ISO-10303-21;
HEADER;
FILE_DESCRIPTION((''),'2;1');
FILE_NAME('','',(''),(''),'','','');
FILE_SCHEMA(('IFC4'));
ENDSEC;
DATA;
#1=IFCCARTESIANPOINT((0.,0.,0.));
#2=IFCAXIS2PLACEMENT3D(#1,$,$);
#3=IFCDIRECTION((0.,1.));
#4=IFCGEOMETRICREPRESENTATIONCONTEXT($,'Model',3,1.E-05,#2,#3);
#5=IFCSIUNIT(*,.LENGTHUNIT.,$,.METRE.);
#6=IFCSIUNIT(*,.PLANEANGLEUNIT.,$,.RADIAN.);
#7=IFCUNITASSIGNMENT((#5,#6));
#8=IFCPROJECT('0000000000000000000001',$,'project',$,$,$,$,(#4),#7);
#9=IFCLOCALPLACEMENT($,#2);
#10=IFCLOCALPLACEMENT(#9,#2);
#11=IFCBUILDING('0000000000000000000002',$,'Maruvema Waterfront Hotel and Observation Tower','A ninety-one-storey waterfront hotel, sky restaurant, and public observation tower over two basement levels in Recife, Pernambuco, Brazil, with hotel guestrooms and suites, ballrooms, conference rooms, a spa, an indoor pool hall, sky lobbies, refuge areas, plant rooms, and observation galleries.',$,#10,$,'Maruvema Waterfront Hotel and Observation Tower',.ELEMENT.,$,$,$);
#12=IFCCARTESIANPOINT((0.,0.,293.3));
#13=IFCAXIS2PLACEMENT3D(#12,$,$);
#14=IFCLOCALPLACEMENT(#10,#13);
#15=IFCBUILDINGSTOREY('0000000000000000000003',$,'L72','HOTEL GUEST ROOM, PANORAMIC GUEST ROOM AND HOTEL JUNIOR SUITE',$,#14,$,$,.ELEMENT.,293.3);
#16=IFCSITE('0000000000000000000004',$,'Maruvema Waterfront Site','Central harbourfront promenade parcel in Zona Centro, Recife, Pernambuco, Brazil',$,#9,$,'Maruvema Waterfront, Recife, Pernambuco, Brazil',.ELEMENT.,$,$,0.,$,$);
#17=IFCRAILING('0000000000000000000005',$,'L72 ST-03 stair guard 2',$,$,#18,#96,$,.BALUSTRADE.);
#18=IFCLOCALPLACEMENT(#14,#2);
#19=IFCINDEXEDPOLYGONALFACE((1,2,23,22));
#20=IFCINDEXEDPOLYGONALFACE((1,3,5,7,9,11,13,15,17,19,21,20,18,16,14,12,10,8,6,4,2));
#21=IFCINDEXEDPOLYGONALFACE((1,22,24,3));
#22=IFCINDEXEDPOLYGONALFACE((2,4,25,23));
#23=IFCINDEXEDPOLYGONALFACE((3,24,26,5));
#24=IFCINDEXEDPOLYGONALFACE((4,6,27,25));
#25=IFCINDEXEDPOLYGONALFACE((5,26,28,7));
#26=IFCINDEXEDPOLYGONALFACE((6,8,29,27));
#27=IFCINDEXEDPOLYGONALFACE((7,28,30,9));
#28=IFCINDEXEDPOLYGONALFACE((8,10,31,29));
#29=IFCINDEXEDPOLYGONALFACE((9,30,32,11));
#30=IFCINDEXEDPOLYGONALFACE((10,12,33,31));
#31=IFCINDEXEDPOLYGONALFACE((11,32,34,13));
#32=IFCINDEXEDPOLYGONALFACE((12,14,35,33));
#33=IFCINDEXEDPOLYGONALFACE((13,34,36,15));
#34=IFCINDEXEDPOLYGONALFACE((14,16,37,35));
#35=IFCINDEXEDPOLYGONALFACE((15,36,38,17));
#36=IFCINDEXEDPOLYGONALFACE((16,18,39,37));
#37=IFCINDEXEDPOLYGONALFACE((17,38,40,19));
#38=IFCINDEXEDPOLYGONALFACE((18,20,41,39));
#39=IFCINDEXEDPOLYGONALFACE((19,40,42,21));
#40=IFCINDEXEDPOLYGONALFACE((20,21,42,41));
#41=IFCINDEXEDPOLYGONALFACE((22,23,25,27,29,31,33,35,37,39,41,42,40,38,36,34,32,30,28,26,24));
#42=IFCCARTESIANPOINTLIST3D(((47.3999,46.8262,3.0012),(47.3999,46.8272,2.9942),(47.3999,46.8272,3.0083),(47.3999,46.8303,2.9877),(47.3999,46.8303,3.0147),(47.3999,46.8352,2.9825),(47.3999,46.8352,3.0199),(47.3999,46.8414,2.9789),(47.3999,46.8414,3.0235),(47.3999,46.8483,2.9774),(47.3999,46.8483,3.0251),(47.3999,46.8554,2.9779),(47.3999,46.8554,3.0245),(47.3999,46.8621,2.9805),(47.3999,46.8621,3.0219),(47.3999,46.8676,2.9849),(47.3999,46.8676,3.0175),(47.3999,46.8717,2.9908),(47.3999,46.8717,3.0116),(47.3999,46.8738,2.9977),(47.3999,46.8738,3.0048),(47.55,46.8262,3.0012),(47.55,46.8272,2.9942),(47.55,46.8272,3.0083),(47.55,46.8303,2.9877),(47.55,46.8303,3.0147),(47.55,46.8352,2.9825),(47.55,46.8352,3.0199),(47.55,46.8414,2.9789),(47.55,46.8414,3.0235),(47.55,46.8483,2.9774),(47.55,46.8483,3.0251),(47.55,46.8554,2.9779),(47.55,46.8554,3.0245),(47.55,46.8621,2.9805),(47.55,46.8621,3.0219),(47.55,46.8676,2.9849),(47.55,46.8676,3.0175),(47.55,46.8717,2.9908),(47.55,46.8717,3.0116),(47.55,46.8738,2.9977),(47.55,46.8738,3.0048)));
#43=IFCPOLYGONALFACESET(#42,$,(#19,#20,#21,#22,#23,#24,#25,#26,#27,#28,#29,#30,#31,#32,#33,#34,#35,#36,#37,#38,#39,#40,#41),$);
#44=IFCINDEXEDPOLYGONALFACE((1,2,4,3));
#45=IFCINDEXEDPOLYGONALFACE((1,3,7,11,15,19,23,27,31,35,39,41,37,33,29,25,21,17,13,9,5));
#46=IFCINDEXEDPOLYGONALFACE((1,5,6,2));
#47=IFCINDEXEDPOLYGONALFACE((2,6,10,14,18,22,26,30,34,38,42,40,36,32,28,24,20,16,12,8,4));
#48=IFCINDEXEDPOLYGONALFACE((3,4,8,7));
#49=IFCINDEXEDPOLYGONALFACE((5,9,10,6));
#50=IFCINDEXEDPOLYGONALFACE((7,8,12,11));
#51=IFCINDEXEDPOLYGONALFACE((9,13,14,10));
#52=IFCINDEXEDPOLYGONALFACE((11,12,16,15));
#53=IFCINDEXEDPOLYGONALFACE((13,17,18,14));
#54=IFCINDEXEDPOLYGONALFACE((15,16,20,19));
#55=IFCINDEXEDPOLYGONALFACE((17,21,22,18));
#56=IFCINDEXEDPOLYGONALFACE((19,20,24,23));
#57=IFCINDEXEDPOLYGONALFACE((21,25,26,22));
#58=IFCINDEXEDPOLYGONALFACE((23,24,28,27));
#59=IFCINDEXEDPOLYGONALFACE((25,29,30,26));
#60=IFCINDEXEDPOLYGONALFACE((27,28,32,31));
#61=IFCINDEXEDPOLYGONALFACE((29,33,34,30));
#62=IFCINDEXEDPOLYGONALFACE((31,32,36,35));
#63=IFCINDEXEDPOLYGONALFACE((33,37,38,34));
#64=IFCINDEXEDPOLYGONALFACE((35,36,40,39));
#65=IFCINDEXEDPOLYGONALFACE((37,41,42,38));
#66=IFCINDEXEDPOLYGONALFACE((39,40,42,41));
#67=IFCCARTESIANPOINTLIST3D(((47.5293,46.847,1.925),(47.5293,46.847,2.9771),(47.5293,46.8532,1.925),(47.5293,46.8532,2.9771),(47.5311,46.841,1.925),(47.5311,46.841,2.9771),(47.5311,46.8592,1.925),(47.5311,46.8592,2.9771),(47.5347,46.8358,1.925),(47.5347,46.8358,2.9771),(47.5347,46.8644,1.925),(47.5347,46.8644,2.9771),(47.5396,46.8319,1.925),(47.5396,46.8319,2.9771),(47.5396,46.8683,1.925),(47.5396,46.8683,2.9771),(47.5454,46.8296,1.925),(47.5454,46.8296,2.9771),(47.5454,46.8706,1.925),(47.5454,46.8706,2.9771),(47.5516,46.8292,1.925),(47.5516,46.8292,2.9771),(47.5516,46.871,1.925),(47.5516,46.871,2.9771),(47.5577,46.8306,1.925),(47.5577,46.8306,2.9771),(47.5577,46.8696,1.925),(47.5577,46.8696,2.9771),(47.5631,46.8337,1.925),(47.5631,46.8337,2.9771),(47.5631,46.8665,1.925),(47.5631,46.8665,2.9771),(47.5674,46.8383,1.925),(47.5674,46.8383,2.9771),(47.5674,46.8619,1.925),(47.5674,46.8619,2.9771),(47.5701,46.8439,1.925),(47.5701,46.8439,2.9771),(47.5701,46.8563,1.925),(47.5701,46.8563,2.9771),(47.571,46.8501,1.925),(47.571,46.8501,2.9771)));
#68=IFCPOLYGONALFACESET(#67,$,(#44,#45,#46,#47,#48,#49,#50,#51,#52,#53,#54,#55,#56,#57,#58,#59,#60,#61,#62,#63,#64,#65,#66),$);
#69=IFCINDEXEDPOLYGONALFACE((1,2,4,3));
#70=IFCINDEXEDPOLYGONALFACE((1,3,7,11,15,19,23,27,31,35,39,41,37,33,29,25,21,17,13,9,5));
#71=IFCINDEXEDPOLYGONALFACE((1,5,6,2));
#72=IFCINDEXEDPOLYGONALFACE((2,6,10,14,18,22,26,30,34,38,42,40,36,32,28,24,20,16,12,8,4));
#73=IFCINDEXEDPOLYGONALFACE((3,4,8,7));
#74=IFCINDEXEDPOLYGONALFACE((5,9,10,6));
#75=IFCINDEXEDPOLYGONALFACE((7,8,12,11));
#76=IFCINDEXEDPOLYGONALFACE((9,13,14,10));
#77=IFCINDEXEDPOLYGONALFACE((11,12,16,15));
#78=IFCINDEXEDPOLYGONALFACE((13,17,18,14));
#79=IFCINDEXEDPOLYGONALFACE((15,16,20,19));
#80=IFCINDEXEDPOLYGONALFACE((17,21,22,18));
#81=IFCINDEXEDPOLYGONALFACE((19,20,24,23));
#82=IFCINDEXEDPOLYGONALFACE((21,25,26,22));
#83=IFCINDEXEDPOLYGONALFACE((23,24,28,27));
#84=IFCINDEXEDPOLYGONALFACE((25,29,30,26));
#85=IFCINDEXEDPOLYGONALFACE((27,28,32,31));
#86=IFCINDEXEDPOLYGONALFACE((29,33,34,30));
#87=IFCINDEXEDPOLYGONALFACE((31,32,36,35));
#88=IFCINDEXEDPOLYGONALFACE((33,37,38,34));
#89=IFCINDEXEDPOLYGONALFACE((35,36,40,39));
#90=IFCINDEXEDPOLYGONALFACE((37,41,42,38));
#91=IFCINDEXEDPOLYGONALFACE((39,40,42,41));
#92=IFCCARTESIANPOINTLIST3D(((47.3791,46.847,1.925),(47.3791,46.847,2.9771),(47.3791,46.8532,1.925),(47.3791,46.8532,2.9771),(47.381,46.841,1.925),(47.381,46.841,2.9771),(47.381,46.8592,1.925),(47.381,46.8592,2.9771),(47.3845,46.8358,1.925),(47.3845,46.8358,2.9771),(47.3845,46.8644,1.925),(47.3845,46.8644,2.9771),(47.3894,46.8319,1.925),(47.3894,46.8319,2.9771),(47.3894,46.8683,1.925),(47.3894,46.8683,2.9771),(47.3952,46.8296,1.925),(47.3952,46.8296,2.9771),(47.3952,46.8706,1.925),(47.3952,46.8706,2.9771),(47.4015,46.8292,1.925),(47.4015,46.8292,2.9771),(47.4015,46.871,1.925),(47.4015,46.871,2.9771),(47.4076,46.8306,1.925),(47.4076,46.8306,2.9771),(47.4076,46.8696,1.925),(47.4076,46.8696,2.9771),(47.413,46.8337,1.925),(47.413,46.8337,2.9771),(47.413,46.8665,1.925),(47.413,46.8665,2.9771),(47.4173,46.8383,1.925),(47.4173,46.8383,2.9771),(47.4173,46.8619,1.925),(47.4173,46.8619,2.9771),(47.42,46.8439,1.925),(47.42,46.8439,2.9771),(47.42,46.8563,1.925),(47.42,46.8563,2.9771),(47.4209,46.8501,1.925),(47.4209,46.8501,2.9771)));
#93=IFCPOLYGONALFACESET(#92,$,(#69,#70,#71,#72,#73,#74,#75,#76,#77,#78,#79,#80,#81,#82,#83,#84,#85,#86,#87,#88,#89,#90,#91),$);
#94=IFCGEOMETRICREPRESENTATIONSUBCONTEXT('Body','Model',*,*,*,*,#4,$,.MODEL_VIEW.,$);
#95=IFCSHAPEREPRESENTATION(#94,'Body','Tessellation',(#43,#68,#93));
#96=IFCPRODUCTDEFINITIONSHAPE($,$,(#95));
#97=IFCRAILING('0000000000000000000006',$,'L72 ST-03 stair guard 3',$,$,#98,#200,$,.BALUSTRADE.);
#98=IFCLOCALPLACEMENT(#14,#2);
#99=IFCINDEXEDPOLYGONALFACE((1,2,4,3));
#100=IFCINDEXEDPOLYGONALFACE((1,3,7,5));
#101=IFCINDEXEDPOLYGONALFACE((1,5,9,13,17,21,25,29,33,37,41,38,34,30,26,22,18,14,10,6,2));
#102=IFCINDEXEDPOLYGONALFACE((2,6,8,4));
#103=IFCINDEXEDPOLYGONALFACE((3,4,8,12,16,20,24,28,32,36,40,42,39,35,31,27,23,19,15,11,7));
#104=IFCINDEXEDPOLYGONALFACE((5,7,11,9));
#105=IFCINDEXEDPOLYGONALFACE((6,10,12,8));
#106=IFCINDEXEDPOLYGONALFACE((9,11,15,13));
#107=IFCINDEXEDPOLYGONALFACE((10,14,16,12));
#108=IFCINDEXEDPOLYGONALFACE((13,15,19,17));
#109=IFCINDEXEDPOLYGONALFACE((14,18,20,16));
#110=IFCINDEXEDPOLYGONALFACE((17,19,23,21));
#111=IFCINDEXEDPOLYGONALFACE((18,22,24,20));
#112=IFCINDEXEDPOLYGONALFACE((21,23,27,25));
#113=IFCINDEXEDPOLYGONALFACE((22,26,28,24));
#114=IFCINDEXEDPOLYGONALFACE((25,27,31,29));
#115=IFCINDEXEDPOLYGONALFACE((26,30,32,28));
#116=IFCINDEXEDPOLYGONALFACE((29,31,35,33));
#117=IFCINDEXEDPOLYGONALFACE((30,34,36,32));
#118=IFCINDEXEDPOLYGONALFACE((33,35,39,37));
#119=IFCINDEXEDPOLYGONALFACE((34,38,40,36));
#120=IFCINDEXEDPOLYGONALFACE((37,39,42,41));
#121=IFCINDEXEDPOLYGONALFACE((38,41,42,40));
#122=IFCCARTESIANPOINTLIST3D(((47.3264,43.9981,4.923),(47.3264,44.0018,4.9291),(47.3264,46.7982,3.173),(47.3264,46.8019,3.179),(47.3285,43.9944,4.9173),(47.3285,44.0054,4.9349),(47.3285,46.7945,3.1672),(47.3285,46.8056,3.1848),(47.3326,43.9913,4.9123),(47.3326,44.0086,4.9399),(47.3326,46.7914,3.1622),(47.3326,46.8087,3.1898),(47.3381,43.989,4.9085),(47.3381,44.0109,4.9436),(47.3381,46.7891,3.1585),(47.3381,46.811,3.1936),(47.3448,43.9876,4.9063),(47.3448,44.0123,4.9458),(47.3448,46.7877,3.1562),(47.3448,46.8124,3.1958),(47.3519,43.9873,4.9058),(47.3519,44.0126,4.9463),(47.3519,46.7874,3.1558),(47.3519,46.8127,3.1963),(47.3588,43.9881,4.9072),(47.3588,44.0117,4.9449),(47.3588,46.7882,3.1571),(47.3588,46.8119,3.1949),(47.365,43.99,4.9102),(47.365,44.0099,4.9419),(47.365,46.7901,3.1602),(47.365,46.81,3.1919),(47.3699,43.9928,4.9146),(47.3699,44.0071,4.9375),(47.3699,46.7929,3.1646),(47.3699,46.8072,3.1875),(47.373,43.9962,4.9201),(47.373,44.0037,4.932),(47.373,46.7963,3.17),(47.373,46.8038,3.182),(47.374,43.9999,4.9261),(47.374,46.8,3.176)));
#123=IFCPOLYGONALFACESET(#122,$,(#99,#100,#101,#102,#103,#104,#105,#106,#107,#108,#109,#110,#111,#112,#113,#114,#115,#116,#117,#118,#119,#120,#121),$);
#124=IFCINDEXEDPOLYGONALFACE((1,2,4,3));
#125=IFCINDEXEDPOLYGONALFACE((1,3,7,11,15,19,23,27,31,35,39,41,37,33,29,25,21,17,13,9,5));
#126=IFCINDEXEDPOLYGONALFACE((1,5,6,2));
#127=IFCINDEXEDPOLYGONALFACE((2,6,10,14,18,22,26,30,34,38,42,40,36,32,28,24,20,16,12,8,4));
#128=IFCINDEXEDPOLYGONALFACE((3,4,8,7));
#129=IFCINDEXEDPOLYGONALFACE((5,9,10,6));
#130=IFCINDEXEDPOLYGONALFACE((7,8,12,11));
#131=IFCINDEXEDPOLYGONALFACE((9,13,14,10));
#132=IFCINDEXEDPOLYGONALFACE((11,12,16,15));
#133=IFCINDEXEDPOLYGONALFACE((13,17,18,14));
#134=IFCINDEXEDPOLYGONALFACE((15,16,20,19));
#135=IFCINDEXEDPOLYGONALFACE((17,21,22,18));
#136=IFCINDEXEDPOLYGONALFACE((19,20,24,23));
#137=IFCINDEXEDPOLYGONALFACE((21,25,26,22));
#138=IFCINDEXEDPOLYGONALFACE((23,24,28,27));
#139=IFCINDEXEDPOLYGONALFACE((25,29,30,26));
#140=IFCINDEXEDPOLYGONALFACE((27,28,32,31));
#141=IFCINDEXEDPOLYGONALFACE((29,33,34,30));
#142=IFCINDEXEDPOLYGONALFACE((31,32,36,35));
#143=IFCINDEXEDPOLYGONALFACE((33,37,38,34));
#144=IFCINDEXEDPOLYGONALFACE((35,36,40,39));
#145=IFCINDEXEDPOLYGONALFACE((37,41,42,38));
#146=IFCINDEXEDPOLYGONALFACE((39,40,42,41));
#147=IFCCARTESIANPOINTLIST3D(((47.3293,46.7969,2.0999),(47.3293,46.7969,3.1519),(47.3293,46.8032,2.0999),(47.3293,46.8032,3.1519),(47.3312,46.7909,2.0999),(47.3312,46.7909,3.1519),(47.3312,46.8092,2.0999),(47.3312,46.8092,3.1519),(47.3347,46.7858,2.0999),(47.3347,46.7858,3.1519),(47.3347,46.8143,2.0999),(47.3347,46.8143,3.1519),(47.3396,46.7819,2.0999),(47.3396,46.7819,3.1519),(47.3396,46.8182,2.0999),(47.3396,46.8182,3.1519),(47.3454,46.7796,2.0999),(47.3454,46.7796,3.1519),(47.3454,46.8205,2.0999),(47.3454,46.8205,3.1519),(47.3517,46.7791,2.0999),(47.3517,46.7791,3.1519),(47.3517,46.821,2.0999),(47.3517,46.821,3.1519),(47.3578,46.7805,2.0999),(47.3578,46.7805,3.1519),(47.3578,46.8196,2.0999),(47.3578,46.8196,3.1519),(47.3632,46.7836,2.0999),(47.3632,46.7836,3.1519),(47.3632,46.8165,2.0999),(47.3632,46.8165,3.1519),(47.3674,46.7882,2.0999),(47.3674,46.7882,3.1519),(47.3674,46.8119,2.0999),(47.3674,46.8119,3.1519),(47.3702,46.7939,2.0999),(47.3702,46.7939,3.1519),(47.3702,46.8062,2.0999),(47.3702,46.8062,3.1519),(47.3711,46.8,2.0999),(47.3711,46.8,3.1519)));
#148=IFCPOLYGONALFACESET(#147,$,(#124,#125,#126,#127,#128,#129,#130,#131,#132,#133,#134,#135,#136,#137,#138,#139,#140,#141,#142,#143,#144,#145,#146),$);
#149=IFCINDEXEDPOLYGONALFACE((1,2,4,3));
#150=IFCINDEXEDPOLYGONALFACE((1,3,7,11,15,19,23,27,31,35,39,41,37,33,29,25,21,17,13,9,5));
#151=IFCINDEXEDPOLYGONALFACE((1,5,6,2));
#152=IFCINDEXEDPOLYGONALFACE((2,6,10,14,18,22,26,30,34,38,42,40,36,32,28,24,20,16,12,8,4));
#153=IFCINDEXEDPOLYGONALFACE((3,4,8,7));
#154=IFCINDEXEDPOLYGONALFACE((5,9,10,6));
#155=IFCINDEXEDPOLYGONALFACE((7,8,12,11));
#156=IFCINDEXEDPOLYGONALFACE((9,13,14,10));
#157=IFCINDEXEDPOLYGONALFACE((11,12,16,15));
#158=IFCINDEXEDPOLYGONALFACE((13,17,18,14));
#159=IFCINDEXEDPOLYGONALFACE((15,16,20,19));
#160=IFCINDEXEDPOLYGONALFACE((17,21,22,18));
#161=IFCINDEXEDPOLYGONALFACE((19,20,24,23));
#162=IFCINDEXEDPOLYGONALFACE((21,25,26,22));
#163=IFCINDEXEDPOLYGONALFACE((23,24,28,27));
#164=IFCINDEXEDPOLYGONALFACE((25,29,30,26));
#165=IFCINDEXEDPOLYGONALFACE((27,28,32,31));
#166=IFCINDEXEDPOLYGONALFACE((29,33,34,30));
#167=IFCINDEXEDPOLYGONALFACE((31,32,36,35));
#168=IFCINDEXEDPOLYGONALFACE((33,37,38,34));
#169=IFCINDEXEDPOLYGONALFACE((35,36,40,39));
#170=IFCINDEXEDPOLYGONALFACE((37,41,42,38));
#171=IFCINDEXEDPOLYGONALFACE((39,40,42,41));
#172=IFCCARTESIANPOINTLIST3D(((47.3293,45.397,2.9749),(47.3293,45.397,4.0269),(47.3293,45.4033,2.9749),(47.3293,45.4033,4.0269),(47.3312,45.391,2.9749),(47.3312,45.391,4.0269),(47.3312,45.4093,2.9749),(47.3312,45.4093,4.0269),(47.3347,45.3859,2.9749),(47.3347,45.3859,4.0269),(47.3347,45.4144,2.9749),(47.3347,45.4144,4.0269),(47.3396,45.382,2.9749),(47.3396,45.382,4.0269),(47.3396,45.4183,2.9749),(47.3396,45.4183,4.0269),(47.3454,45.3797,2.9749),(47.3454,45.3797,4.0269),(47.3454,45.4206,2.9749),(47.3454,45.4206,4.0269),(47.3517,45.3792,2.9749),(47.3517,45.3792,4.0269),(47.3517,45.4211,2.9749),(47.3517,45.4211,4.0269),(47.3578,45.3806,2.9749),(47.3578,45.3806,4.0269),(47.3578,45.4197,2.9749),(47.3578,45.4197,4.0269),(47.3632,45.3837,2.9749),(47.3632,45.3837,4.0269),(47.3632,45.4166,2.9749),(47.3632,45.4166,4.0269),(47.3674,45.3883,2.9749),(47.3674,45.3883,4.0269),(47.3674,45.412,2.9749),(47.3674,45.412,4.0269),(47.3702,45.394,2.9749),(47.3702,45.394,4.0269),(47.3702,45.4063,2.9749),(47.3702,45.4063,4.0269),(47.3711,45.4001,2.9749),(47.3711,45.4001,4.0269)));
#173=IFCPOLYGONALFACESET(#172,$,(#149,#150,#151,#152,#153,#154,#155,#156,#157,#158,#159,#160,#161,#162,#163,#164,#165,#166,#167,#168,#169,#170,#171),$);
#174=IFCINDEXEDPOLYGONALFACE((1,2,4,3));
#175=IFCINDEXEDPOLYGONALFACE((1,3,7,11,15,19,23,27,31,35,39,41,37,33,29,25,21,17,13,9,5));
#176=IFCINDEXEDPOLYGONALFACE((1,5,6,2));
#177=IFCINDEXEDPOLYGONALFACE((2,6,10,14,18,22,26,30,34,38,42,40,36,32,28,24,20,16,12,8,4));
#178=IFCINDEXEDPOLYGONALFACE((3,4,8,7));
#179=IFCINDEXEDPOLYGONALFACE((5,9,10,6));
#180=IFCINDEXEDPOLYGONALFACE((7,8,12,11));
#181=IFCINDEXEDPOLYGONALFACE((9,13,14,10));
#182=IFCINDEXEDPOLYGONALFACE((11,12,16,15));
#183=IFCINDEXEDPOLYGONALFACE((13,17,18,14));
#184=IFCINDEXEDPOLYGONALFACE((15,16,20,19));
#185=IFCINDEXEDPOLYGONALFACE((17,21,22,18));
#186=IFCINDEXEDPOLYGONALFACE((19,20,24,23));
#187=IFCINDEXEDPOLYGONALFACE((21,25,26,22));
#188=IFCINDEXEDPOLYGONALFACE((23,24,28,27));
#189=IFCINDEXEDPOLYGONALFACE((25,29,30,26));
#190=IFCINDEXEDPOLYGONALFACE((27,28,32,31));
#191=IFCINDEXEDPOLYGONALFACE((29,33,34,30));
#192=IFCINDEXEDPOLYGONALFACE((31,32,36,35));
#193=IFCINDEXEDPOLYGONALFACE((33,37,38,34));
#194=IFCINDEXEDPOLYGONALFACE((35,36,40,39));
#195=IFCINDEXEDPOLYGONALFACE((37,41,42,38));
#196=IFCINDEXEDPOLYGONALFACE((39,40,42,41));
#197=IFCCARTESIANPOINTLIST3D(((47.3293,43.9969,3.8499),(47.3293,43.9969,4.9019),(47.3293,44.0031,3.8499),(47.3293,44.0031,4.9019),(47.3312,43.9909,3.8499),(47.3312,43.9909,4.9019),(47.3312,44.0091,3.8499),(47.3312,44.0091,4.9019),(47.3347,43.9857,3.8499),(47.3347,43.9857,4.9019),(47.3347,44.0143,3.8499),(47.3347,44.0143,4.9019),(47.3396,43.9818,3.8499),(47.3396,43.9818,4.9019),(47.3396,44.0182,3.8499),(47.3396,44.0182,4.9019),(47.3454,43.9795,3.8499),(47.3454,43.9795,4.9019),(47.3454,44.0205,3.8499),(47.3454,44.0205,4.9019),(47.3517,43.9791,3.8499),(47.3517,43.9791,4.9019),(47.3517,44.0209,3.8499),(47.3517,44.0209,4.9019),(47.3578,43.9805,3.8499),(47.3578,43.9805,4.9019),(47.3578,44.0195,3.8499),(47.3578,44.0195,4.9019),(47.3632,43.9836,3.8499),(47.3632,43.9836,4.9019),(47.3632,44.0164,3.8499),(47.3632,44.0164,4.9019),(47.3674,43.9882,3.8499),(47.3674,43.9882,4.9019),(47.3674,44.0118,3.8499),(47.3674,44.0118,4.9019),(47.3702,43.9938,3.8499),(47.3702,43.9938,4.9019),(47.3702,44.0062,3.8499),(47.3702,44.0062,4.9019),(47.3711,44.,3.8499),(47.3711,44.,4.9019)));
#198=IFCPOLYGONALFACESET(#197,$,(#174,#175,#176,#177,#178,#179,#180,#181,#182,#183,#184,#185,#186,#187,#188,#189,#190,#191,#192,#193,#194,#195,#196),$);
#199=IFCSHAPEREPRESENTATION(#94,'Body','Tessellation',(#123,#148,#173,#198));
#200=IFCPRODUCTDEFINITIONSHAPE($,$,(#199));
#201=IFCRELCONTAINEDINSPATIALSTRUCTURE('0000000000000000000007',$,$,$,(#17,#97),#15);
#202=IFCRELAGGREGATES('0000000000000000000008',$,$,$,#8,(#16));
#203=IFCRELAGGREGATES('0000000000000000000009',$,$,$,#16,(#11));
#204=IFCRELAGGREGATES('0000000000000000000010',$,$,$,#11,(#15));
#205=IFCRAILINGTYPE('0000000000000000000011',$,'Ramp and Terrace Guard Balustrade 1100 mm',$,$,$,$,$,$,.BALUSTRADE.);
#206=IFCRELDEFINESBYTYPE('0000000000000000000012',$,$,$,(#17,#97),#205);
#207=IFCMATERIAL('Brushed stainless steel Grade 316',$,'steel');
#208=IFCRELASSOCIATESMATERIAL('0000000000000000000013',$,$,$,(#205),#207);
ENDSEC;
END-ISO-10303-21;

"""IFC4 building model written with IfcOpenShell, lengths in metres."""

from ifc_helpers import new_model, si_unit, direction, frame, origin, origin_2d, place, context, subcontext, project, spatial, circle, extrude, material, type_object, element, save


model = new_model("IFC4")

# Units and contexts
model_context = context("Model", 3, precision=1e-05, world=origin(), true_north=direction((0.0, 1.0)))
body_context = subcontext(model_context, "Body", "Model", "MODEL_VIEW")
ifc_project = project(units=[si_unit("LENGTHUNIT", "METRE"), si_unit("PLANEANGLEUNIT", "RADIAN")], contexts=[model_context])

# Site, building, storey
site_placement = place(None, origin())
site = spatial("IfcSite", under=ifc_project, at=site_placement, Name="Maruvema Waterfront Site", Description="Central harbourfront promenade parcel in Zona Centro, Recife, Pernambuco, Brazil", LongName="Maruvema Waterfront, Recife, Pernambuco, Brazil", CompositionType="ELEMENT", RefElevation=0.0)
building_placement = place(site_placement, origin())
building = spatial("IfcBuilding", under=site, at=building_placement, Name="Maruvema Waterfront Hotel and Observation Tower", Description="A ninety-one-storey waterfront hotel, sky restaurant, and public observation tower over two basement levels in Recife, Pernambuco, Brazil, with hotel guestrooms and suites, ballrooms, conference rooms, a spa, an indoor pool hall, sky lobbies, refuge areas, plant rooms, and observation galleries.", LongName="Maruvema Waterfront Hotel and Observation Tower", CompositionType="ELEMENT")
storey_placement = place(building_placement, frame((0.0, 0.0, 293.3)))
storey = spatial("IfcBuildingStorey", under=building, at=storey_placement, Name="L72", Description="HOTEL GUEST ROOM, PANORAMIC GUEST ROOM AND HOTEL JUNIOR SUITE", CompositionType="ELEMENT", Elevation=293.3)

# Railings
ifc_material_1 = material(Name="Brushed stainless steel Grade 316", Category="steel")
railing_type_1 = type_object("IfcRailingType", Name="Ramp and Terrace Guard Balustrade 1100 mm", PredefinedType="BALUSTRADE", material=ifc_material_1)
railing_1_placement = place(storey_placement, frame((47.55, 46.8501, 1.925)))
element("IfcRailing", 1, at=railing_1_placement, inside=storey, type_object=railing_type_1, Name="L72 ST-03 stair guard 2", PredefinedType="BALUSTRADE", context=body_context, shape_type="SweptSolid", body=[
    extrude(circle(Radius=0.0239, at=origin_2d()), frame((0.0, 0.0, 1.0762), z_axis=(-1.0, 0.0, 0.0), x_axis=(0.0, -1.0, 0.0)), (0.0, 0.0, 1.0), 0.1501),
    extrude(circle(Radius=0.021, at=origin_2d()), origin(), (0.0, 0.0, 1.0), 1.052),
    extrude(circle(Radius=0.021, at=origin_2d()), frame((-0.1501, 0.0, 0.0)), (0.0, 0.0, 1.0), 1.052),
])
railing_2_placement = place(storey_placement, frame((47.3501, 46.8, 2.0999)))
element("IfcRailing", 2, at=railing_2_placement, inside=storey, type_object=railing_type_1, Name="L72 ST-03 stair guard 3", PredefinedType="BALUSTRADE", context=body_context, shape_type="SweptSolid", body=[
    extrude(circle(Radius=0.0239, at=origin_2d()), frame((0.0, 0.0, 1.0762), z_axis=(0.0, -0.848002, 0.529992), x_axis=(1.0, 0.0, 0.0)), (0.0, 0.0, 1.0), 3.302),
    extrude(circle(Radius=0.021, at=origin_2d()), origin(), (0.0, 0.0, 1.0), 1.052),
    extrude(circle(Radius=0.021, at=origin_2d()), frame((0.0, -1.3999, 0.875)), (0.0, 0.0, 1.0), 1.052),
    extrude(circle(Radius=0.021, at=origin_2d()), frame((0.0, -2.8, 1.75)), (0.0, 0.0, 1.0), 1.052),
])

save(model, "model.ifc")
